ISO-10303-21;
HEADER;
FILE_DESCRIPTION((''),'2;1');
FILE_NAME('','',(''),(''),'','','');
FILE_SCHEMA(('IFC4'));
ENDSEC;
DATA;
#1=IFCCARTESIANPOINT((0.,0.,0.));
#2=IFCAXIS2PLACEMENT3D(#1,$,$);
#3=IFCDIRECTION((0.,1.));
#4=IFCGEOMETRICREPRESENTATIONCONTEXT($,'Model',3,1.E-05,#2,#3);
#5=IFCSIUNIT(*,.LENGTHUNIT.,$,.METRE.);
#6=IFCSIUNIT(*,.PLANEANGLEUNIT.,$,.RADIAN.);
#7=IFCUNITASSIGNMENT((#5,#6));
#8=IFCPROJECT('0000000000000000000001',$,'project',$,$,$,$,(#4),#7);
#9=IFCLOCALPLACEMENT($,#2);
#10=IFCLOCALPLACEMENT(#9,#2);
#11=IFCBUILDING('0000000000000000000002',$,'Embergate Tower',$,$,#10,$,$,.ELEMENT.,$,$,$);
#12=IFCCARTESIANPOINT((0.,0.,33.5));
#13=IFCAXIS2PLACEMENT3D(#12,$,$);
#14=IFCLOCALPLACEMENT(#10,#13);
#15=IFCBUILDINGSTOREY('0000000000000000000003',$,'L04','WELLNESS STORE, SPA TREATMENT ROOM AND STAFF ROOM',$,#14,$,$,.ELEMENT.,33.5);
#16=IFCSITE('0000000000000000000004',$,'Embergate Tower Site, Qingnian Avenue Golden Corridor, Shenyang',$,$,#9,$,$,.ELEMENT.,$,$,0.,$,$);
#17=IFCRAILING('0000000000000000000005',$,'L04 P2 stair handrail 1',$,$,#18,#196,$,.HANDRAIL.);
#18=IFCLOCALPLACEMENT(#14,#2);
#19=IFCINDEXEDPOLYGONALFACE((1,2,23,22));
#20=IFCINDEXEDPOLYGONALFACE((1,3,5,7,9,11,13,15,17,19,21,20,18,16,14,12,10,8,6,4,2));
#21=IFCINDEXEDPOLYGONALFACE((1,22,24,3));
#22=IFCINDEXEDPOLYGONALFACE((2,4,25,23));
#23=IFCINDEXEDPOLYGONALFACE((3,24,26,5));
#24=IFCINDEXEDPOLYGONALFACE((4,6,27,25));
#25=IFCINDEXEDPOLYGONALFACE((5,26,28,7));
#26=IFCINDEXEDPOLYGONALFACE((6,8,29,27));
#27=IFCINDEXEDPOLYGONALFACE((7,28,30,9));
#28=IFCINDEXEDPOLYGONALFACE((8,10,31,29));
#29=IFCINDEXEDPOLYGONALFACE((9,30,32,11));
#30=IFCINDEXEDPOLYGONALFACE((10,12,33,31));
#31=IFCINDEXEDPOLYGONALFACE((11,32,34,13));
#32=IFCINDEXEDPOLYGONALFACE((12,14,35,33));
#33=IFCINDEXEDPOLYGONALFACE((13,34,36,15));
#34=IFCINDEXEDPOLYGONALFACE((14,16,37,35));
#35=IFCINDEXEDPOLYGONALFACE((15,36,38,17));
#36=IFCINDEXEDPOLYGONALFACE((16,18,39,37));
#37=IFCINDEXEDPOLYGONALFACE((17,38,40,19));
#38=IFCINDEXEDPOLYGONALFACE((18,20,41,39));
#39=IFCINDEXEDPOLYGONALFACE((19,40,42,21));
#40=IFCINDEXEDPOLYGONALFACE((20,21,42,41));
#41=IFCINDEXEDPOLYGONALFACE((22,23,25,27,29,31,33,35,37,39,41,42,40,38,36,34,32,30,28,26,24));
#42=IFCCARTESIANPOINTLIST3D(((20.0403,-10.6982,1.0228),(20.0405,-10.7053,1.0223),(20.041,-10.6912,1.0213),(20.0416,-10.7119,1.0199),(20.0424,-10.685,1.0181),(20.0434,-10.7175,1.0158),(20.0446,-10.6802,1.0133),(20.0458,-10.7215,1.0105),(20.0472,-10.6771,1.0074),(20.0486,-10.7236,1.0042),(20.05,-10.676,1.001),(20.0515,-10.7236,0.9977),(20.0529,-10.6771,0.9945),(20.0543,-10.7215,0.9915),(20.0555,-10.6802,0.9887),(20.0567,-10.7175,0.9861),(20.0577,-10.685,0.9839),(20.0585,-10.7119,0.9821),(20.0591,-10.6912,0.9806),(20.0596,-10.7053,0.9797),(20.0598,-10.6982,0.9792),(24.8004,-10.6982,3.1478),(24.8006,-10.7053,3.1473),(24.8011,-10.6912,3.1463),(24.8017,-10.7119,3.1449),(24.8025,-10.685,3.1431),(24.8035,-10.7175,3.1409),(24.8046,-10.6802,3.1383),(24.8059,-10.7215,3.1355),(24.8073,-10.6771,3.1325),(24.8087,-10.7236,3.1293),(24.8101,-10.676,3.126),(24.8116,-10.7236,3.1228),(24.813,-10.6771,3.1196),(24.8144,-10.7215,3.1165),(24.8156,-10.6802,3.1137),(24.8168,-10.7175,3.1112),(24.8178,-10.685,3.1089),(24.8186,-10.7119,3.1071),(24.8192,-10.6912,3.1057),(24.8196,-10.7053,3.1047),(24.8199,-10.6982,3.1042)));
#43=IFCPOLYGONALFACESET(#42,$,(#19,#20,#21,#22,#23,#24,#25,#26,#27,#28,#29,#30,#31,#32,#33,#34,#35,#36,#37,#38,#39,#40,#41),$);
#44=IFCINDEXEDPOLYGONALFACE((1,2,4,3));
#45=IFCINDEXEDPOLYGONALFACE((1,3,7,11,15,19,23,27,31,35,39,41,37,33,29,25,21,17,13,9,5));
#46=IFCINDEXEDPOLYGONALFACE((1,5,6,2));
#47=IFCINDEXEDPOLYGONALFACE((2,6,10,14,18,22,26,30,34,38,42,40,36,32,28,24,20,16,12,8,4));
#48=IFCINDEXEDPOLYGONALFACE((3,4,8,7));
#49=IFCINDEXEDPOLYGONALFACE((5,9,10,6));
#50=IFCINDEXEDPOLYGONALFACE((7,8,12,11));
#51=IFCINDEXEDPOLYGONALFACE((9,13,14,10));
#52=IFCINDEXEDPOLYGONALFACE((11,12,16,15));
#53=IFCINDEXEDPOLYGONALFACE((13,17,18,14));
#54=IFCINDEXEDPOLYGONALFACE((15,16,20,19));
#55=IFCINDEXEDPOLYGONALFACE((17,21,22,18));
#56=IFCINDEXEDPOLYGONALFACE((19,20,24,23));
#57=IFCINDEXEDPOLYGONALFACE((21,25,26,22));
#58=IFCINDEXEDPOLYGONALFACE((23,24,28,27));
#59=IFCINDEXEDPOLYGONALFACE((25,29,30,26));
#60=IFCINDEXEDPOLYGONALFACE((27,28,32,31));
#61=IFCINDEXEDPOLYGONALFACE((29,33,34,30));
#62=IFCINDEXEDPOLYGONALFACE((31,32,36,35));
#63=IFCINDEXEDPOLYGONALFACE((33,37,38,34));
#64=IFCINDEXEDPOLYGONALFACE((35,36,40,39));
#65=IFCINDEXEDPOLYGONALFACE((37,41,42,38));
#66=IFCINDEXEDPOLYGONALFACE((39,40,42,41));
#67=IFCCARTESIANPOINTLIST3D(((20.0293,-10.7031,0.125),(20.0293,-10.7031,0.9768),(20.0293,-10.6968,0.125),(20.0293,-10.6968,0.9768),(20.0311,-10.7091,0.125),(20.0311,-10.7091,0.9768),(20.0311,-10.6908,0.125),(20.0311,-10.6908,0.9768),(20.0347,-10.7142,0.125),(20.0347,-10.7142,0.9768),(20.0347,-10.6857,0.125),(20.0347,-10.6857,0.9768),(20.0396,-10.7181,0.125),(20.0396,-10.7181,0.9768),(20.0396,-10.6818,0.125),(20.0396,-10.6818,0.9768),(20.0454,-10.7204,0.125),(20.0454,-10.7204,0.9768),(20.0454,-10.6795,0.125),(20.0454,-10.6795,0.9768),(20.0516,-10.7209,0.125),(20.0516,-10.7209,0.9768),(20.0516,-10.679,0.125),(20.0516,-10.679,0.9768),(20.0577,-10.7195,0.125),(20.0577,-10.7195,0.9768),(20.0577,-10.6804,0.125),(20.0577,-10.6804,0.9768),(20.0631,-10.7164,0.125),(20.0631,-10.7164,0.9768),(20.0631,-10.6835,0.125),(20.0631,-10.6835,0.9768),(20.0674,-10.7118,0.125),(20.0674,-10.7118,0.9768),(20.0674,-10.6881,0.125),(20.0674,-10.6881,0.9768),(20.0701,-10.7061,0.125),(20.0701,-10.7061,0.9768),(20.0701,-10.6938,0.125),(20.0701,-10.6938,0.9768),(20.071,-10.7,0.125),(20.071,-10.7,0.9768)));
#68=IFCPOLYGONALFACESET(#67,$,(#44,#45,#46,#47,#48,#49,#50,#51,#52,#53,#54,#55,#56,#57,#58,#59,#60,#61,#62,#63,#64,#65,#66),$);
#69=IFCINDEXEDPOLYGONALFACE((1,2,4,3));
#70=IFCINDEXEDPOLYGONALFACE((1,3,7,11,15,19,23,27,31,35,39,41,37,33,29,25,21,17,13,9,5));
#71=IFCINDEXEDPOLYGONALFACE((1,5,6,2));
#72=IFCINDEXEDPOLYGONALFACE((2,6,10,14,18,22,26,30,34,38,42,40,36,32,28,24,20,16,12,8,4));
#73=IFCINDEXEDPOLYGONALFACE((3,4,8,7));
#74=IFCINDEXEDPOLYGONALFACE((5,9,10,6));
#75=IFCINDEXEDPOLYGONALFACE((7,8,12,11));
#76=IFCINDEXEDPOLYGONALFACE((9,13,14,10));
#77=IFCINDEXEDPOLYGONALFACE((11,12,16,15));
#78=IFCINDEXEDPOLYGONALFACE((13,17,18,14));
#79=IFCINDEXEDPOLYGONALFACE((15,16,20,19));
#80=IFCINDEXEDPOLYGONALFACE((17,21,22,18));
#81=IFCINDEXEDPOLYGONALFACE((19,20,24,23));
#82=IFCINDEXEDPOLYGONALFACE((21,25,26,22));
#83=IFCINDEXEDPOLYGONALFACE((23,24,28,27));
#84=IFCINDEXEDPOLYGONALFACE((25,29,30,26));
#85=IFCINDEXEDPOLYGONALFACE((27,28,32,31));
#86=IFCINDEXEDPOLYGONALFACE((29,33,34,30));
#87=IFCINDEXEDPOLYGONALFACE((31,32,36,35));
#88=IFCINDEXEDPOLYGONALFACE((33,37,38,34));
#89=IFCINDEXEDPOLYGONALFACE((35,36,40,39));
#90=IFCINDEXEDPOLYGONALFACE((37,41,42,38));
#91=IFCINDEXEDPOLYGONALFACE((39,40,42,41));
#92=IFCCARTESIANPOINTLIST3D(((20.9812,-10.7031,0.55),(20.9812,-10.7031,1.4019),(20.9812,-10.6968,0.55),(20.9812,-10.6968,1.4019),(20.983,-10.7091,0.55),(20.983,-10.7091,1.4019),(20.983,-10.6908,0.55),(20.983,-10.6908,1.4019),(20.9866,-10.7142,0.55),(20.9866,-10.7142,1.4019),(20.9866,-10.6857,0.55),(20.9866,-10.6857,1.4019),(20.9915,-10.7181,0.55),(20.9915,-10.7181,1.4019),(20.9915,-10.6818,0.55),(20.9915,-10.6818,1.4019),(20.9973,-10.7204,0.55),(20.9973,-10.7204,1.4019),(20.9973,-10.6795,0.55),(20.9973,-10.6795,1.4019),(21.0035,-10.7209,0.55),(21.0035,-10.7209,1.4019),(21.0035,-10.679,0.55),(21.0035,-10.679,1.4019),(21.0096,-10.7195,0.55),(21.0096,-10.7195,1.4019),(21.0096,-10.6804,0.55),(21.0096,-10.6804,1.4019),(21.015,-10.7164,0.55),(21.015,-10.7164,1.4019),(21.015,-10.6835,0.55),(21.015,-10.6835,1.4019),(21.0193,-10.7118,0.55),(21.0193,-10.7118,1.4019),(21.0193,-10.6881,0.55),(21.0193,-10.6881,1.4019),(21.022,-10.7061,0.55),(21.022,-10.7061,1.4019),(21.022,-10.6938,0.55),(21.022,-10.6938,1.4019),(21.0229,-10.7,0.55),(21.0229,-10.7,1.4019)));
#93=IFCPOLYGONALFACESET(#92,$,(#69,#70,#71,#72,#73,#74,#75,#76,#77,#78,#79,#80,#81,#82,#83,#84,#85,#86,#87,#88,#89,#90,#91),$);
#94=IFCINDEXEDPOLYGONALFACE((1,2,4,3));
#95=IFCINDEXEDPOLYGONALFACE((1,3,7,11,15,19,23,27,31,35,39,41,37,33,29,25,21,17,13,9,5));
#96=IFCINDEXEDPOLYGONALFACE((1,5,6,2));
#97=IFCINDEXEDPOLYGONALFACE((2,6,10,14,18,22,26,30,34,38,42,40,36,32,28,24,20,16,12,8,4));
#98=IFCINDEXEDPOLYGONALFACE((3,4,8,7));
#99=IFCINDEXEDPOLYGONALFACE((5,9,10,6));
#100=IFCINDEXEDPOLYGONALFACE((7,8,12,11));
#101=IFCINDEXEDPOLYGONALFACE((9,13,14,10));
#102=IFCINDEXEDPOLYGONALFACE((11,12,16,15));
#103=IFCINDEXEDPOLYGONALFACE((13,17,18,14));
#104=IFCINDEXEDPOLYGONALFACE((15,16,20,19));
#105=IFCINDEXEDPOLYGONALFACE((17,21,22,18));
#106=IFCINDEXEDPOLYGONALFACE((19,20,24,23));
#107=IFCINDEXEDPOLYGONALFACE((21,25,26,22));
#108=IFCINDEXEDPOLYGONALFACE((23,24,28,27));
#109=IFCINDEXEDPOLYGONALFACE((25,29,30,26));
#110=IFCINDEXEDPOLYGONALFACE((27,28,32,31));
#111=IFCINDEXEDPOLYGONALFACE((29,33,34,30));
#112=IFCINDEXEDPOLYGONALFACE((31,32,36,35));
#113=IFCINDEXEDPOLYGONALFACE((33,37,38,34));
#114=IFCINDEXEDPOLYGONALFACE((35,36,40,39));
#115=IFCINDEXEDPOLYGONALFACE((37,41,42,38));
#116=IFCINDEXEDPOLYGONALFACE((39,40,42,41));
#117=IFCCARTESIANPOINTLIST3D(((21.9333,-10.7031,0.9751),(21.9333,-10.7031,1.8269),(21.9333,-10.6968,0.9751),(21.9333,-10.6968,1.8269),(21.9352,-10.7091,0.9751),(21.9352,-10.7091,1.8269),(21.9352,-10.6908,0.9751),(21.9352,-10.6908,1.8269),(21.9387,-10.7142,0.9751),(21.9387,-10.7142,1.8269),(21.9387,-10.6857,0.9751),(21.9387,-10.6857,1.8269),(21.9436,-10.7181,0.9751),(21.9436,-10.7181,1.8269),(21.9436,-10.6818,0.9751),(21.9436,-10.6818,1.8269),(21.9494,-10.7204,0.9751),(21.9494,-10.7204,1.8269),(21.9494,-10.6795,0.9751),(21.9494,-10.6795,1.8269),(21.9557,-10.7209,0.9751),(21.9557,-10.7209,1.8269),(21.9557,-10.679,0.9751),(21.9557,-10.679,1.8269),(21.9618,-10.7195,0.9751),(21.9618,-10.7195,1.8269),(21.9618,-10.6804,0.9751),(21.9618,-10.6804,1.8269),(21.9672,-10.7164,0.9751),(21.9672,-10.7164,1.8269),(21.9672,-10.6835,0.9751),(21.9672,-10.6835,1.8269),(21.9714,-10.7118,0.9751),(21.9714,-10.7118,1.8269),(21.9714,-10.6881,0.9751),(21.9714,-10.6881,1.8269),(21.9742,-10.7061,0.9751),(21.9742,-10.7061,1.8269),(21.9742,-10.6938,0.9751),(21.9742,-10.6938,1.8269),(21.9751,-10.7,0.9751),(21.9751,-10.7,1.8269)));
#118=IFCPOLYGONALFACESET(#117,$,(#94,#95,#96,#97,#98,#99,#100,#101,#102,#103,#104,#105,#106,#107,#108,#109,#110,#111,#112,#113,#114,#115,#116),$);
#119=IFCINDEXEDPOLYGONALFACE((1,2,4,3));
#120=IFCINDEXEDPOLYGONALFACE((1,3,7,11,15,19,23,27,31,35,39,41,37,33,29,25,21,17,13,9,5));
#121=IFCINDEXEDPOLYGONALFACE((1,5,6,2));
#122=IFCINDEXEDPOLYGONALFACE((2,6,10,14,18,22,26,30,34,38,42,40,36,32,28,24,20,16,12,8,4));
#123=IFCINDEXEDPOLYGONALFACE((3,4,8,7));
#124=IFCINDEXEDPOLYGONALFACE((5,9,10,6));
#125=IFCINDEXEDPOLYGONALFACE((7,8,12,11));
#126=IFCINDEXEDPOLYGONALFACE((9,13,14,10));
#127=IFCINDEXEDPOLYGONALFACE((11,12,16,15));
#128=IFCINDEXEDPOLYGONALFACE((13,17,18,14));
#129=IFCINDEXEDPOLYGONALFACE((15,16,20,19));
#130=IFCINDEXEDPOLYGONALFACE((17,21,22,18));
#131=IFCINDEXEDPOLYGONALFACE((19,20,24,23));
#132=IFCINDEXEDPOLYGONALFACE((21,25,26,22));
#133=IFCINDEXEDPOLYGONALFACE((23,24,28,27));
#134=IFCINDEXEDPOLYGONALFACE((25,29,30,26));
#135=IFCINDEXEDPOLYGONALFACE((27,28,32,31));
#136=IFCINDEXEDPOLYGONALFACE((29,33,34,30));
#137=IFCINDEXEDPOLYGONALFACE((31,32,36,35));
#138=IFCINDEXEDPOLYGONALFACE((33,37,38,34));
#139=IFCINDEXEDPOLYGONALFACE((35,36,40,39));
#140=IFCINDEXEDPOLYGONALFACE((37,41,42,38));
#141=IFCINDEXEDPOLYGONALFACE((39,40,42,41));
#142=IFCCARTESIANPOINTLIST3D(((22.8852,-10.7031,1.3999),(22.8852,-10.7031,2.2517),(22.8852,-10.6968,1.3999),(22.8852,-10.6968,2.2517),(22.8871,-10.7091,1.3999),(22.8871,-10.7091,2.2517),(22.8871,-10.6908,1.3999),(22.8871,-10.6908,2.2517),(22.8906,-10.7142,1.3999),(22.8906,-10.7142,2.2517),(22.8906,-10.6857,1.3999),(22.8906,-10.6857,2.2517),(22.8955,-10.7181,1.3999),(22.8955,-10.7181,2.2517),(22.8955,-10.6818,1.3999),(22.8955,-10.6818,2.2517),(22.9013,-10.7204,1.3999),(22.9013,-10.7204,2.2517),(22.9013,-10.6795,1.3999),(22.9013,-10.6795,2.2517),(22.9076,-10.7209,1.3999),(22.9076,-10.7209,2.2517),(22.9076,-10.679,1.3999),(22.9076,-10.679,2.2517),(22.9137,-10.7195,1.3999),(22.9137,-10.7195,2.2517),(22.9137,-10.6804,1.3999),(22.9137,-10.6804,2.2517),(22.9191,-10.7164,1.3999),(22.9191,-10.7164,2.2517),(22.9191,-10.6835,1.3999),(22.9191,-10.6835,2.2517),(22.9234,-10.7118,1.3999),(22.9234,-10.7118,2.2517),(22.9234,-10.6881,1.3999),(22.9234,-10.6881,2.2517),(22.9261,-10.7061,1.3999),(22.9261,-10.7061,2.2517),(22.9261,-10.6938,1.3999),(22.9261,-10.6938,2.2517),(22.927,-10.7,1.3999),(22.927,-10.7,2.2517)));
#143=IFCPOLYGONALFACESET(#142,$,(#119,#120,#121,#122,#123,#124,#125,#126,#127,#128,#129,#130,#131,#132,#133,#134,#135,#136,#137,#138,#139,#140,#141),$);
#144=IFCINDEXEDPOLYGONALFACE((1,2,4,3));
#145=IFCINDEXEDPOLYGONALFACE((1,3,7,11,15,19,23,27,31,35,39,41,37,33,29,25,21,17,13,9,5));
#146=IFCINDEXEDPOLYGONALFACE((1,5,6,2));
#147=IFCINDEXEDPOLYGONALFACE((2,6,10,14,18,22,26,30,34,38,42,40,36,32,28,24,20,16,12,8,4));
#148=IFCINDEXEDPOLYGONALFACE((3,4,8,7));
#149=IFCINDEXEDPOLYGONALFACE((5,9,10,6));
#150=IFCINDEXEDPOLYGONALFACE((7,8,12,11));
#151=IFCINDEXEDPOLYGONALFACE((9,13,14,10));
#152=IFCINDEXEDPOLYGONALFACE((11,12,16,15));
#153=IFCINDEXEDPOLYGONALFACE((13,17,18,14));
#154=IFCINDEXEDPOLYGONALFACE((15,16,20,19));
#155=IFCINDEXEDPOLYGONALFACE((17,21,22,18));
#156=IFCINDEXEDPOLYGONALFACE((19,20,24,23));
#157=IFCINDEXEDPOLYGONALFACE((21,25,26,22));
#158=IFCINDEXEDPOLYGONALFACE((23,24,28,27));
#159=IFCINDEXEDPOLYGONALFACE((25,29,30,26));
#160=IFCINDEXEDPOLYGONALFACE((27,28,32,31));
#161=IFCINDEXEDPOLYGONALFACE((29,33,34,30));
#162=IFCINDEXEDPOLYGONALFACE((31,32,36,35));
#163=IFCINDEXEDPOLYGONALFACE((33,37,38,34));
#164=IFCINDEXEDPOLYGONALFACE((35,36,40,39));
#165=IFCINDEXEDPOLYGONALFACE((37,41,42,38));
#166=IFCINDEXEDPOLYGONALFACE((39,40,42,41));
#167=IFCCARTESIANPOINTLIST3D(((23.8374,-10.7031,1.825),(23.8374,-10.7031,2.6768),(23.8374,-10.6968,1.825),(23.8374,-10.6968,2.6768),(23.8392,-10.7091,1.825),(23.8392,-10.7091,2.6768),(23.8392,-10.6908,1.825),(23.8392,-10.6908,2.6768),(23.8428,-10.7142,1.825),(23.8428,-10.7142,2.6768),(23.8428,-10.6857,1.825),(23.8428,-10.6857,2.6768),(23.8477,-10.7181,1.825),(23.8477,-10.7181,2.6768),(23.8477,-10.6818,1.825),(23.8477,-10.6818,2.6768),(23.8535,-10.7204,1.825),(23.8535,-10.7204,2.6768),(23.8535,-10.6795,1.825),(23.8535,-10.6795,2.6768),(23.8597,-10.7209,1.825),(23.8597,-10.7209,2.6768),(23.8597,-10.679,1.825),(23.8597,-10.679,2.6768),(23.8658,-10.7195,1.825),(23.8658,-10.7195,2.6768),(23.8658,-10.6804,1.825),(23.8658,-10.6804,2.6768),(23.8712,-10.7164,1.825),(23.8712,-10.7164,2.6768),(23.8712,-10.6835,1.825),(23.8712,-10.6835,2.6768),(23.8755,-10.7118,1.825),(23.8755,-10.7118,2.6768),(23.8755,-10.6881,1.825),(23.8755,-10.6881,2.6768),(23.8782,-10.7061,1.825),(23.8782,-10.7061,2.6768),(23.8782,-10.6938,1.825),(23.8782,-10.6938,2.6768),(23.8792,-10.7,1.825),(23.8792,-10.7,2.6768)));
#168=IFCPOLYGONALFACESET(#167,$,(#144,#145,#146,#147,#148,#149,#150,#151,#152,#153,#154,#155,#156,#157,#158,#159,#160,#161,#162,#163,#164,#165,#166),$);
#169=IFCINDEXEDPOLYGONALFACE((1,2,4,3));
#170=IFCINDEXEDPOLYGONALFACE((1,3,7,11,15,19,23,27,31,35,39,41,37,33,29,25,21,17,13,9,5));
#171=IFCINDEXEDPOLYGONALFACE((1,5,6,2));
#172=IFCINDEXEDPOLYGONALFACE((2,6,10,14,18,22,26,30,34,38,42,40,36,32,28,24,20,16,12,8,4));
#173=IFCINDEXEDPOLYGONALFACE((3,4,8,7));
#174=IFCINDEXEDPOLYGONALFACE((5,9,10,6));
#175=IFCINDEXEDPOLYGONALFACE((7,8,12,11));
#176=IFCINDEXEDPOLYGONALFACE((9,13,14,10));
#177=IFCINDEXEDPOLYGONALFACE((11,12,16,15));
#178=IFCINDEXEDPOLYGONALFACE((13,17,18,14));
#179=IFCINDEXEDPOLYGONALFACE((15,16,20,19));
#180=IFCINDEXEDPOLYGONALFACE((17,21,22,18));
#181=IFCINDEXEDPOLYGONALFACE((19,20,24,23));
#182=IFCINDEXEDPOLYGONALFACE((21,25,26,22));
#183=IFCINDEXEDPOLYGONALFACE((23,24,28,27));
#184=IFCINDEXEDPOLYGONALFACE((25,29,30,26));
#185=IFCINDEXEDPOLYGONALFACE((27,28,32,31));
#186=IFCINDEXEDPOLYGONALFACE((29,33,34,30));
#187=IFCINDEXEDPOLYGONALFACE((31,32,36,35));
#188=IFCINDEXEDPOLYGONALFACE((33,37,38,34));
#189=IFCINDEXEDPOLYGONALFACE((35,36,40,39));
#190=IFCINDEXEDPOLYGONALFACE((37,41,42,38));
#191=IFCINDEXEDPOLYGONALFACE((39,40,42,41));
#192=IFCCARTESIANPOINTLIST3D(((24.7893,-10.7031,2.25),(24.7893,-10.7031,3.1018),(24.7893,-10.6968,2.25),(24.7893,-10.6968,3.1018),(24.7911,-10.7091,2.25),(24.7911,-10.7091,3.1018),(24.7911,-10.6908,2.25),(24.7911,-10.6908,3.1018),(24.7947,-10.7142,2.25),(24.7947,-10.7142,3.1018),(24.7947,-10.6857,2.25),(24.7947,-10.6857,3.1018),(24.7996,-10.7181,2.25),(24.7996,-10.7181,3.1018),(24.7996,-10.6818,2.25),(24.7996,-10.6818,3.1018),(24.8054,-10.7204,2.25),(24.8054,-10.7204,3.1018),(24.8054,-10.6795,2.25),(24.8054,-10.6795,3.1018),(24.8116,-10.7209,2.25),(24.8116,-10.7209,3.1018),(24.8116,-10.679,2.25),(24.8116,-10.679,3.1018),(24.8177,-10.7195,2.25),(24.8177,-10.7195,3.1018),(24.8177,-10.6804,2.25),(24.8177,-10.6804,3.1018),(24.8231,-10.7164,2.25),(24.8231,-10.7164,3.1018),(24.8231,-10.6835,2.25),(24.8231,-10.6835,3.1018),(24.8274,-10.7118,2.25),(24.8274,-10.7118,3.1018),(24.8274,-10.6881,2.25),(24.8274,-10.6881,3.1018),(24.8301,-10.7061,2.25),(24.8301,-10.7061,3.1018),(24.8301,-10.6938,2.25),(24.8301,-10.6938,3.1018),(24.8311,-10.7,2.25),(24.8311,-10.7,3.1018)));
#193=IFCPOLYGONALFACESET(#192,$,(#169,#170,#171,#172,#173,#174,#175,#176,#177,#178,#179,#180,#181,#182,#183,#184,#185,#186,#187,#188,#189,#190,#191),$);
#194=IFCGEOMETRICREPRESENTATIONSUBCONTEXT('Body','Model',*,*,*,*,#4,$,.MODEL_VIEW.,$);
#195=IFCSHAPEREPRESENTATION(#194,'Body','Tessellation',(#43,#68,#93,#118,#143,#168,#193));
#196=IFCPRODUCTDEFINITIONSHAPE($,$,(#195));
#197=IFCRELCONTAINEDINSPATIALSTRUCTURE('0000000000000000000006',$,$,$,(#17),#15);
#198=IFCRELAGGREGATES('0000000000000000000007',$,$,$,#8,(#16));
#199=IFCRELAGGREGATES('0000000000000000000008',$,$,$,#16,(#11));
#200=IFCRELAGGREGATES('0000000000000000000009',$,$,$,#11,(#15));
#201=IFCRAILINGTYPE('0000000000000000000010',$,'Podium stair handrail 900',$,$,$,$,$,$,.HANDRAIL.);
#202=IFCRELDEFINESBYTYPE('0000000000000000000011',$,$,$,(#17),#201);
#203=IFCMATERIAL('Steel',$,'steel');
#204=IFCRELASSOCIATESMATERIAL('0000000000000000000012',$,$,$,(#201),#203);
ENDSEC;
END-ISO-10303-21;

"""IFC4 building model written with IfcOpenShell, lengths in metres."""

from ifc_helpers import new_model, si_unit, direction, frame, origin, origin_2d, place, context, subcontext, project, spatial, circle, extrude, source, transform, mapped, material, type_object, element, save


model = new_model("IFC4")

# Units and contexts
model_context = context("Model", 3, precision=1e-05, world=origin(), true_north=direction((0.0, 1.0)))
body_context = subcontext(model_context, "Body", "Model", "MODEL_VIEW")
ifc_project = project(units=[si_unit("LENGTHUNIT", "METRE"), si_unit("PLANEANGLEUNIT", "RADIAN")], contexts=[model_context])

# Site, building, storey
site_placement = place(None, origin())
site = spatial("IfcSite", under=ifc_project, at=site_placement, Name="Embergate Tower Site, Qingnian Avenue Golden Corridor, Shenyang", CompositionType="ELEMENT", RefElevation=0.0)
building_placement = place(site_placement, origin())
building = spatial("IfcBuilding", under=site, at=building_placement, Name="Embergate Tower", CompositionType="ELEMENT")
storey_placement = place(building_placement, frame((0.0, 0.0, 33.5)))
storey = spatial("IfcBuildingStorey", under=building, at=storey_placement, Name="L04", Description="WELLNESS STORE, SPA TREATMENT ROOM AND STAFF ROOM", CompositionType="ELEMENT", Elevation=33.5)

# Railing
ifc_material_1 = material(Name="Steel", Category="steel")
railing_type_1 = type_object("IfcRailingType", Name="Podium stair handrail 900", PredefinedType="HANDRAIL", material=ifc_material_1)
shared_shape_1 = source(origin(), body_context, "Body", "SweptSolid", [
    extrude(circle(Radius=0.0239, at=origin_2d()), frame((0.0, 0.0, 0.876), z_axis=(0.913138, 0.0, 0.40765), x_axis=(0.0, 1.0, 0.0)), (0.0, 0.0, 1.0), 5.2129),
    extrude(circle(Radius=0.021, at=origin_2d()), origin(), (0.0, 0.0, 1.0), 0.8518),
    extrude(circle(Radius=0.021, at=origin_2d()), frame((0.9519, 0.0, 0.425)), (0.0, 0.0, 1.0), 0.8518),
    extrude(circle(Radius=0.021, at=origin_2d()), frame((1.9041, 0.0, 0.8501)), (0.0, 0.0, 1.0), 0.8518),
    extrude(circle(Radius=0.021, at=origin_2d()), frame((2.856, 0.0, 1.2749)), (0.0, 0.0, 1.0), 0.8518),
    extrude(circle(Radius=0.021, at=origin_2d()), frame((3.8081, 0.0, 1.7)), (0.0, 0.0, 1.0), 0.8518),
    extrude(circle(Radius=0.021, at=origin_2d()), frame((4.76, 0.0, 2.125)), (0.0, 0.0, 1.0), 0.8518),
])
railing_1_placement = place(storey_placement, frame((20.05, -10.7, 0.125)))
element("IfcRailing", 1, at=railing_1_placement, inside=storey, type_object=railing_type_1, Name="L04 P2 stair handrail 1", PredefinedType="HANDRAIL", context=body_context, shape_type="MappedRepresentation", body=[
    mapped(shared_shape_1, transform((0.0, 0.0, 0.0))),
])

save(model, "model.ifc")
